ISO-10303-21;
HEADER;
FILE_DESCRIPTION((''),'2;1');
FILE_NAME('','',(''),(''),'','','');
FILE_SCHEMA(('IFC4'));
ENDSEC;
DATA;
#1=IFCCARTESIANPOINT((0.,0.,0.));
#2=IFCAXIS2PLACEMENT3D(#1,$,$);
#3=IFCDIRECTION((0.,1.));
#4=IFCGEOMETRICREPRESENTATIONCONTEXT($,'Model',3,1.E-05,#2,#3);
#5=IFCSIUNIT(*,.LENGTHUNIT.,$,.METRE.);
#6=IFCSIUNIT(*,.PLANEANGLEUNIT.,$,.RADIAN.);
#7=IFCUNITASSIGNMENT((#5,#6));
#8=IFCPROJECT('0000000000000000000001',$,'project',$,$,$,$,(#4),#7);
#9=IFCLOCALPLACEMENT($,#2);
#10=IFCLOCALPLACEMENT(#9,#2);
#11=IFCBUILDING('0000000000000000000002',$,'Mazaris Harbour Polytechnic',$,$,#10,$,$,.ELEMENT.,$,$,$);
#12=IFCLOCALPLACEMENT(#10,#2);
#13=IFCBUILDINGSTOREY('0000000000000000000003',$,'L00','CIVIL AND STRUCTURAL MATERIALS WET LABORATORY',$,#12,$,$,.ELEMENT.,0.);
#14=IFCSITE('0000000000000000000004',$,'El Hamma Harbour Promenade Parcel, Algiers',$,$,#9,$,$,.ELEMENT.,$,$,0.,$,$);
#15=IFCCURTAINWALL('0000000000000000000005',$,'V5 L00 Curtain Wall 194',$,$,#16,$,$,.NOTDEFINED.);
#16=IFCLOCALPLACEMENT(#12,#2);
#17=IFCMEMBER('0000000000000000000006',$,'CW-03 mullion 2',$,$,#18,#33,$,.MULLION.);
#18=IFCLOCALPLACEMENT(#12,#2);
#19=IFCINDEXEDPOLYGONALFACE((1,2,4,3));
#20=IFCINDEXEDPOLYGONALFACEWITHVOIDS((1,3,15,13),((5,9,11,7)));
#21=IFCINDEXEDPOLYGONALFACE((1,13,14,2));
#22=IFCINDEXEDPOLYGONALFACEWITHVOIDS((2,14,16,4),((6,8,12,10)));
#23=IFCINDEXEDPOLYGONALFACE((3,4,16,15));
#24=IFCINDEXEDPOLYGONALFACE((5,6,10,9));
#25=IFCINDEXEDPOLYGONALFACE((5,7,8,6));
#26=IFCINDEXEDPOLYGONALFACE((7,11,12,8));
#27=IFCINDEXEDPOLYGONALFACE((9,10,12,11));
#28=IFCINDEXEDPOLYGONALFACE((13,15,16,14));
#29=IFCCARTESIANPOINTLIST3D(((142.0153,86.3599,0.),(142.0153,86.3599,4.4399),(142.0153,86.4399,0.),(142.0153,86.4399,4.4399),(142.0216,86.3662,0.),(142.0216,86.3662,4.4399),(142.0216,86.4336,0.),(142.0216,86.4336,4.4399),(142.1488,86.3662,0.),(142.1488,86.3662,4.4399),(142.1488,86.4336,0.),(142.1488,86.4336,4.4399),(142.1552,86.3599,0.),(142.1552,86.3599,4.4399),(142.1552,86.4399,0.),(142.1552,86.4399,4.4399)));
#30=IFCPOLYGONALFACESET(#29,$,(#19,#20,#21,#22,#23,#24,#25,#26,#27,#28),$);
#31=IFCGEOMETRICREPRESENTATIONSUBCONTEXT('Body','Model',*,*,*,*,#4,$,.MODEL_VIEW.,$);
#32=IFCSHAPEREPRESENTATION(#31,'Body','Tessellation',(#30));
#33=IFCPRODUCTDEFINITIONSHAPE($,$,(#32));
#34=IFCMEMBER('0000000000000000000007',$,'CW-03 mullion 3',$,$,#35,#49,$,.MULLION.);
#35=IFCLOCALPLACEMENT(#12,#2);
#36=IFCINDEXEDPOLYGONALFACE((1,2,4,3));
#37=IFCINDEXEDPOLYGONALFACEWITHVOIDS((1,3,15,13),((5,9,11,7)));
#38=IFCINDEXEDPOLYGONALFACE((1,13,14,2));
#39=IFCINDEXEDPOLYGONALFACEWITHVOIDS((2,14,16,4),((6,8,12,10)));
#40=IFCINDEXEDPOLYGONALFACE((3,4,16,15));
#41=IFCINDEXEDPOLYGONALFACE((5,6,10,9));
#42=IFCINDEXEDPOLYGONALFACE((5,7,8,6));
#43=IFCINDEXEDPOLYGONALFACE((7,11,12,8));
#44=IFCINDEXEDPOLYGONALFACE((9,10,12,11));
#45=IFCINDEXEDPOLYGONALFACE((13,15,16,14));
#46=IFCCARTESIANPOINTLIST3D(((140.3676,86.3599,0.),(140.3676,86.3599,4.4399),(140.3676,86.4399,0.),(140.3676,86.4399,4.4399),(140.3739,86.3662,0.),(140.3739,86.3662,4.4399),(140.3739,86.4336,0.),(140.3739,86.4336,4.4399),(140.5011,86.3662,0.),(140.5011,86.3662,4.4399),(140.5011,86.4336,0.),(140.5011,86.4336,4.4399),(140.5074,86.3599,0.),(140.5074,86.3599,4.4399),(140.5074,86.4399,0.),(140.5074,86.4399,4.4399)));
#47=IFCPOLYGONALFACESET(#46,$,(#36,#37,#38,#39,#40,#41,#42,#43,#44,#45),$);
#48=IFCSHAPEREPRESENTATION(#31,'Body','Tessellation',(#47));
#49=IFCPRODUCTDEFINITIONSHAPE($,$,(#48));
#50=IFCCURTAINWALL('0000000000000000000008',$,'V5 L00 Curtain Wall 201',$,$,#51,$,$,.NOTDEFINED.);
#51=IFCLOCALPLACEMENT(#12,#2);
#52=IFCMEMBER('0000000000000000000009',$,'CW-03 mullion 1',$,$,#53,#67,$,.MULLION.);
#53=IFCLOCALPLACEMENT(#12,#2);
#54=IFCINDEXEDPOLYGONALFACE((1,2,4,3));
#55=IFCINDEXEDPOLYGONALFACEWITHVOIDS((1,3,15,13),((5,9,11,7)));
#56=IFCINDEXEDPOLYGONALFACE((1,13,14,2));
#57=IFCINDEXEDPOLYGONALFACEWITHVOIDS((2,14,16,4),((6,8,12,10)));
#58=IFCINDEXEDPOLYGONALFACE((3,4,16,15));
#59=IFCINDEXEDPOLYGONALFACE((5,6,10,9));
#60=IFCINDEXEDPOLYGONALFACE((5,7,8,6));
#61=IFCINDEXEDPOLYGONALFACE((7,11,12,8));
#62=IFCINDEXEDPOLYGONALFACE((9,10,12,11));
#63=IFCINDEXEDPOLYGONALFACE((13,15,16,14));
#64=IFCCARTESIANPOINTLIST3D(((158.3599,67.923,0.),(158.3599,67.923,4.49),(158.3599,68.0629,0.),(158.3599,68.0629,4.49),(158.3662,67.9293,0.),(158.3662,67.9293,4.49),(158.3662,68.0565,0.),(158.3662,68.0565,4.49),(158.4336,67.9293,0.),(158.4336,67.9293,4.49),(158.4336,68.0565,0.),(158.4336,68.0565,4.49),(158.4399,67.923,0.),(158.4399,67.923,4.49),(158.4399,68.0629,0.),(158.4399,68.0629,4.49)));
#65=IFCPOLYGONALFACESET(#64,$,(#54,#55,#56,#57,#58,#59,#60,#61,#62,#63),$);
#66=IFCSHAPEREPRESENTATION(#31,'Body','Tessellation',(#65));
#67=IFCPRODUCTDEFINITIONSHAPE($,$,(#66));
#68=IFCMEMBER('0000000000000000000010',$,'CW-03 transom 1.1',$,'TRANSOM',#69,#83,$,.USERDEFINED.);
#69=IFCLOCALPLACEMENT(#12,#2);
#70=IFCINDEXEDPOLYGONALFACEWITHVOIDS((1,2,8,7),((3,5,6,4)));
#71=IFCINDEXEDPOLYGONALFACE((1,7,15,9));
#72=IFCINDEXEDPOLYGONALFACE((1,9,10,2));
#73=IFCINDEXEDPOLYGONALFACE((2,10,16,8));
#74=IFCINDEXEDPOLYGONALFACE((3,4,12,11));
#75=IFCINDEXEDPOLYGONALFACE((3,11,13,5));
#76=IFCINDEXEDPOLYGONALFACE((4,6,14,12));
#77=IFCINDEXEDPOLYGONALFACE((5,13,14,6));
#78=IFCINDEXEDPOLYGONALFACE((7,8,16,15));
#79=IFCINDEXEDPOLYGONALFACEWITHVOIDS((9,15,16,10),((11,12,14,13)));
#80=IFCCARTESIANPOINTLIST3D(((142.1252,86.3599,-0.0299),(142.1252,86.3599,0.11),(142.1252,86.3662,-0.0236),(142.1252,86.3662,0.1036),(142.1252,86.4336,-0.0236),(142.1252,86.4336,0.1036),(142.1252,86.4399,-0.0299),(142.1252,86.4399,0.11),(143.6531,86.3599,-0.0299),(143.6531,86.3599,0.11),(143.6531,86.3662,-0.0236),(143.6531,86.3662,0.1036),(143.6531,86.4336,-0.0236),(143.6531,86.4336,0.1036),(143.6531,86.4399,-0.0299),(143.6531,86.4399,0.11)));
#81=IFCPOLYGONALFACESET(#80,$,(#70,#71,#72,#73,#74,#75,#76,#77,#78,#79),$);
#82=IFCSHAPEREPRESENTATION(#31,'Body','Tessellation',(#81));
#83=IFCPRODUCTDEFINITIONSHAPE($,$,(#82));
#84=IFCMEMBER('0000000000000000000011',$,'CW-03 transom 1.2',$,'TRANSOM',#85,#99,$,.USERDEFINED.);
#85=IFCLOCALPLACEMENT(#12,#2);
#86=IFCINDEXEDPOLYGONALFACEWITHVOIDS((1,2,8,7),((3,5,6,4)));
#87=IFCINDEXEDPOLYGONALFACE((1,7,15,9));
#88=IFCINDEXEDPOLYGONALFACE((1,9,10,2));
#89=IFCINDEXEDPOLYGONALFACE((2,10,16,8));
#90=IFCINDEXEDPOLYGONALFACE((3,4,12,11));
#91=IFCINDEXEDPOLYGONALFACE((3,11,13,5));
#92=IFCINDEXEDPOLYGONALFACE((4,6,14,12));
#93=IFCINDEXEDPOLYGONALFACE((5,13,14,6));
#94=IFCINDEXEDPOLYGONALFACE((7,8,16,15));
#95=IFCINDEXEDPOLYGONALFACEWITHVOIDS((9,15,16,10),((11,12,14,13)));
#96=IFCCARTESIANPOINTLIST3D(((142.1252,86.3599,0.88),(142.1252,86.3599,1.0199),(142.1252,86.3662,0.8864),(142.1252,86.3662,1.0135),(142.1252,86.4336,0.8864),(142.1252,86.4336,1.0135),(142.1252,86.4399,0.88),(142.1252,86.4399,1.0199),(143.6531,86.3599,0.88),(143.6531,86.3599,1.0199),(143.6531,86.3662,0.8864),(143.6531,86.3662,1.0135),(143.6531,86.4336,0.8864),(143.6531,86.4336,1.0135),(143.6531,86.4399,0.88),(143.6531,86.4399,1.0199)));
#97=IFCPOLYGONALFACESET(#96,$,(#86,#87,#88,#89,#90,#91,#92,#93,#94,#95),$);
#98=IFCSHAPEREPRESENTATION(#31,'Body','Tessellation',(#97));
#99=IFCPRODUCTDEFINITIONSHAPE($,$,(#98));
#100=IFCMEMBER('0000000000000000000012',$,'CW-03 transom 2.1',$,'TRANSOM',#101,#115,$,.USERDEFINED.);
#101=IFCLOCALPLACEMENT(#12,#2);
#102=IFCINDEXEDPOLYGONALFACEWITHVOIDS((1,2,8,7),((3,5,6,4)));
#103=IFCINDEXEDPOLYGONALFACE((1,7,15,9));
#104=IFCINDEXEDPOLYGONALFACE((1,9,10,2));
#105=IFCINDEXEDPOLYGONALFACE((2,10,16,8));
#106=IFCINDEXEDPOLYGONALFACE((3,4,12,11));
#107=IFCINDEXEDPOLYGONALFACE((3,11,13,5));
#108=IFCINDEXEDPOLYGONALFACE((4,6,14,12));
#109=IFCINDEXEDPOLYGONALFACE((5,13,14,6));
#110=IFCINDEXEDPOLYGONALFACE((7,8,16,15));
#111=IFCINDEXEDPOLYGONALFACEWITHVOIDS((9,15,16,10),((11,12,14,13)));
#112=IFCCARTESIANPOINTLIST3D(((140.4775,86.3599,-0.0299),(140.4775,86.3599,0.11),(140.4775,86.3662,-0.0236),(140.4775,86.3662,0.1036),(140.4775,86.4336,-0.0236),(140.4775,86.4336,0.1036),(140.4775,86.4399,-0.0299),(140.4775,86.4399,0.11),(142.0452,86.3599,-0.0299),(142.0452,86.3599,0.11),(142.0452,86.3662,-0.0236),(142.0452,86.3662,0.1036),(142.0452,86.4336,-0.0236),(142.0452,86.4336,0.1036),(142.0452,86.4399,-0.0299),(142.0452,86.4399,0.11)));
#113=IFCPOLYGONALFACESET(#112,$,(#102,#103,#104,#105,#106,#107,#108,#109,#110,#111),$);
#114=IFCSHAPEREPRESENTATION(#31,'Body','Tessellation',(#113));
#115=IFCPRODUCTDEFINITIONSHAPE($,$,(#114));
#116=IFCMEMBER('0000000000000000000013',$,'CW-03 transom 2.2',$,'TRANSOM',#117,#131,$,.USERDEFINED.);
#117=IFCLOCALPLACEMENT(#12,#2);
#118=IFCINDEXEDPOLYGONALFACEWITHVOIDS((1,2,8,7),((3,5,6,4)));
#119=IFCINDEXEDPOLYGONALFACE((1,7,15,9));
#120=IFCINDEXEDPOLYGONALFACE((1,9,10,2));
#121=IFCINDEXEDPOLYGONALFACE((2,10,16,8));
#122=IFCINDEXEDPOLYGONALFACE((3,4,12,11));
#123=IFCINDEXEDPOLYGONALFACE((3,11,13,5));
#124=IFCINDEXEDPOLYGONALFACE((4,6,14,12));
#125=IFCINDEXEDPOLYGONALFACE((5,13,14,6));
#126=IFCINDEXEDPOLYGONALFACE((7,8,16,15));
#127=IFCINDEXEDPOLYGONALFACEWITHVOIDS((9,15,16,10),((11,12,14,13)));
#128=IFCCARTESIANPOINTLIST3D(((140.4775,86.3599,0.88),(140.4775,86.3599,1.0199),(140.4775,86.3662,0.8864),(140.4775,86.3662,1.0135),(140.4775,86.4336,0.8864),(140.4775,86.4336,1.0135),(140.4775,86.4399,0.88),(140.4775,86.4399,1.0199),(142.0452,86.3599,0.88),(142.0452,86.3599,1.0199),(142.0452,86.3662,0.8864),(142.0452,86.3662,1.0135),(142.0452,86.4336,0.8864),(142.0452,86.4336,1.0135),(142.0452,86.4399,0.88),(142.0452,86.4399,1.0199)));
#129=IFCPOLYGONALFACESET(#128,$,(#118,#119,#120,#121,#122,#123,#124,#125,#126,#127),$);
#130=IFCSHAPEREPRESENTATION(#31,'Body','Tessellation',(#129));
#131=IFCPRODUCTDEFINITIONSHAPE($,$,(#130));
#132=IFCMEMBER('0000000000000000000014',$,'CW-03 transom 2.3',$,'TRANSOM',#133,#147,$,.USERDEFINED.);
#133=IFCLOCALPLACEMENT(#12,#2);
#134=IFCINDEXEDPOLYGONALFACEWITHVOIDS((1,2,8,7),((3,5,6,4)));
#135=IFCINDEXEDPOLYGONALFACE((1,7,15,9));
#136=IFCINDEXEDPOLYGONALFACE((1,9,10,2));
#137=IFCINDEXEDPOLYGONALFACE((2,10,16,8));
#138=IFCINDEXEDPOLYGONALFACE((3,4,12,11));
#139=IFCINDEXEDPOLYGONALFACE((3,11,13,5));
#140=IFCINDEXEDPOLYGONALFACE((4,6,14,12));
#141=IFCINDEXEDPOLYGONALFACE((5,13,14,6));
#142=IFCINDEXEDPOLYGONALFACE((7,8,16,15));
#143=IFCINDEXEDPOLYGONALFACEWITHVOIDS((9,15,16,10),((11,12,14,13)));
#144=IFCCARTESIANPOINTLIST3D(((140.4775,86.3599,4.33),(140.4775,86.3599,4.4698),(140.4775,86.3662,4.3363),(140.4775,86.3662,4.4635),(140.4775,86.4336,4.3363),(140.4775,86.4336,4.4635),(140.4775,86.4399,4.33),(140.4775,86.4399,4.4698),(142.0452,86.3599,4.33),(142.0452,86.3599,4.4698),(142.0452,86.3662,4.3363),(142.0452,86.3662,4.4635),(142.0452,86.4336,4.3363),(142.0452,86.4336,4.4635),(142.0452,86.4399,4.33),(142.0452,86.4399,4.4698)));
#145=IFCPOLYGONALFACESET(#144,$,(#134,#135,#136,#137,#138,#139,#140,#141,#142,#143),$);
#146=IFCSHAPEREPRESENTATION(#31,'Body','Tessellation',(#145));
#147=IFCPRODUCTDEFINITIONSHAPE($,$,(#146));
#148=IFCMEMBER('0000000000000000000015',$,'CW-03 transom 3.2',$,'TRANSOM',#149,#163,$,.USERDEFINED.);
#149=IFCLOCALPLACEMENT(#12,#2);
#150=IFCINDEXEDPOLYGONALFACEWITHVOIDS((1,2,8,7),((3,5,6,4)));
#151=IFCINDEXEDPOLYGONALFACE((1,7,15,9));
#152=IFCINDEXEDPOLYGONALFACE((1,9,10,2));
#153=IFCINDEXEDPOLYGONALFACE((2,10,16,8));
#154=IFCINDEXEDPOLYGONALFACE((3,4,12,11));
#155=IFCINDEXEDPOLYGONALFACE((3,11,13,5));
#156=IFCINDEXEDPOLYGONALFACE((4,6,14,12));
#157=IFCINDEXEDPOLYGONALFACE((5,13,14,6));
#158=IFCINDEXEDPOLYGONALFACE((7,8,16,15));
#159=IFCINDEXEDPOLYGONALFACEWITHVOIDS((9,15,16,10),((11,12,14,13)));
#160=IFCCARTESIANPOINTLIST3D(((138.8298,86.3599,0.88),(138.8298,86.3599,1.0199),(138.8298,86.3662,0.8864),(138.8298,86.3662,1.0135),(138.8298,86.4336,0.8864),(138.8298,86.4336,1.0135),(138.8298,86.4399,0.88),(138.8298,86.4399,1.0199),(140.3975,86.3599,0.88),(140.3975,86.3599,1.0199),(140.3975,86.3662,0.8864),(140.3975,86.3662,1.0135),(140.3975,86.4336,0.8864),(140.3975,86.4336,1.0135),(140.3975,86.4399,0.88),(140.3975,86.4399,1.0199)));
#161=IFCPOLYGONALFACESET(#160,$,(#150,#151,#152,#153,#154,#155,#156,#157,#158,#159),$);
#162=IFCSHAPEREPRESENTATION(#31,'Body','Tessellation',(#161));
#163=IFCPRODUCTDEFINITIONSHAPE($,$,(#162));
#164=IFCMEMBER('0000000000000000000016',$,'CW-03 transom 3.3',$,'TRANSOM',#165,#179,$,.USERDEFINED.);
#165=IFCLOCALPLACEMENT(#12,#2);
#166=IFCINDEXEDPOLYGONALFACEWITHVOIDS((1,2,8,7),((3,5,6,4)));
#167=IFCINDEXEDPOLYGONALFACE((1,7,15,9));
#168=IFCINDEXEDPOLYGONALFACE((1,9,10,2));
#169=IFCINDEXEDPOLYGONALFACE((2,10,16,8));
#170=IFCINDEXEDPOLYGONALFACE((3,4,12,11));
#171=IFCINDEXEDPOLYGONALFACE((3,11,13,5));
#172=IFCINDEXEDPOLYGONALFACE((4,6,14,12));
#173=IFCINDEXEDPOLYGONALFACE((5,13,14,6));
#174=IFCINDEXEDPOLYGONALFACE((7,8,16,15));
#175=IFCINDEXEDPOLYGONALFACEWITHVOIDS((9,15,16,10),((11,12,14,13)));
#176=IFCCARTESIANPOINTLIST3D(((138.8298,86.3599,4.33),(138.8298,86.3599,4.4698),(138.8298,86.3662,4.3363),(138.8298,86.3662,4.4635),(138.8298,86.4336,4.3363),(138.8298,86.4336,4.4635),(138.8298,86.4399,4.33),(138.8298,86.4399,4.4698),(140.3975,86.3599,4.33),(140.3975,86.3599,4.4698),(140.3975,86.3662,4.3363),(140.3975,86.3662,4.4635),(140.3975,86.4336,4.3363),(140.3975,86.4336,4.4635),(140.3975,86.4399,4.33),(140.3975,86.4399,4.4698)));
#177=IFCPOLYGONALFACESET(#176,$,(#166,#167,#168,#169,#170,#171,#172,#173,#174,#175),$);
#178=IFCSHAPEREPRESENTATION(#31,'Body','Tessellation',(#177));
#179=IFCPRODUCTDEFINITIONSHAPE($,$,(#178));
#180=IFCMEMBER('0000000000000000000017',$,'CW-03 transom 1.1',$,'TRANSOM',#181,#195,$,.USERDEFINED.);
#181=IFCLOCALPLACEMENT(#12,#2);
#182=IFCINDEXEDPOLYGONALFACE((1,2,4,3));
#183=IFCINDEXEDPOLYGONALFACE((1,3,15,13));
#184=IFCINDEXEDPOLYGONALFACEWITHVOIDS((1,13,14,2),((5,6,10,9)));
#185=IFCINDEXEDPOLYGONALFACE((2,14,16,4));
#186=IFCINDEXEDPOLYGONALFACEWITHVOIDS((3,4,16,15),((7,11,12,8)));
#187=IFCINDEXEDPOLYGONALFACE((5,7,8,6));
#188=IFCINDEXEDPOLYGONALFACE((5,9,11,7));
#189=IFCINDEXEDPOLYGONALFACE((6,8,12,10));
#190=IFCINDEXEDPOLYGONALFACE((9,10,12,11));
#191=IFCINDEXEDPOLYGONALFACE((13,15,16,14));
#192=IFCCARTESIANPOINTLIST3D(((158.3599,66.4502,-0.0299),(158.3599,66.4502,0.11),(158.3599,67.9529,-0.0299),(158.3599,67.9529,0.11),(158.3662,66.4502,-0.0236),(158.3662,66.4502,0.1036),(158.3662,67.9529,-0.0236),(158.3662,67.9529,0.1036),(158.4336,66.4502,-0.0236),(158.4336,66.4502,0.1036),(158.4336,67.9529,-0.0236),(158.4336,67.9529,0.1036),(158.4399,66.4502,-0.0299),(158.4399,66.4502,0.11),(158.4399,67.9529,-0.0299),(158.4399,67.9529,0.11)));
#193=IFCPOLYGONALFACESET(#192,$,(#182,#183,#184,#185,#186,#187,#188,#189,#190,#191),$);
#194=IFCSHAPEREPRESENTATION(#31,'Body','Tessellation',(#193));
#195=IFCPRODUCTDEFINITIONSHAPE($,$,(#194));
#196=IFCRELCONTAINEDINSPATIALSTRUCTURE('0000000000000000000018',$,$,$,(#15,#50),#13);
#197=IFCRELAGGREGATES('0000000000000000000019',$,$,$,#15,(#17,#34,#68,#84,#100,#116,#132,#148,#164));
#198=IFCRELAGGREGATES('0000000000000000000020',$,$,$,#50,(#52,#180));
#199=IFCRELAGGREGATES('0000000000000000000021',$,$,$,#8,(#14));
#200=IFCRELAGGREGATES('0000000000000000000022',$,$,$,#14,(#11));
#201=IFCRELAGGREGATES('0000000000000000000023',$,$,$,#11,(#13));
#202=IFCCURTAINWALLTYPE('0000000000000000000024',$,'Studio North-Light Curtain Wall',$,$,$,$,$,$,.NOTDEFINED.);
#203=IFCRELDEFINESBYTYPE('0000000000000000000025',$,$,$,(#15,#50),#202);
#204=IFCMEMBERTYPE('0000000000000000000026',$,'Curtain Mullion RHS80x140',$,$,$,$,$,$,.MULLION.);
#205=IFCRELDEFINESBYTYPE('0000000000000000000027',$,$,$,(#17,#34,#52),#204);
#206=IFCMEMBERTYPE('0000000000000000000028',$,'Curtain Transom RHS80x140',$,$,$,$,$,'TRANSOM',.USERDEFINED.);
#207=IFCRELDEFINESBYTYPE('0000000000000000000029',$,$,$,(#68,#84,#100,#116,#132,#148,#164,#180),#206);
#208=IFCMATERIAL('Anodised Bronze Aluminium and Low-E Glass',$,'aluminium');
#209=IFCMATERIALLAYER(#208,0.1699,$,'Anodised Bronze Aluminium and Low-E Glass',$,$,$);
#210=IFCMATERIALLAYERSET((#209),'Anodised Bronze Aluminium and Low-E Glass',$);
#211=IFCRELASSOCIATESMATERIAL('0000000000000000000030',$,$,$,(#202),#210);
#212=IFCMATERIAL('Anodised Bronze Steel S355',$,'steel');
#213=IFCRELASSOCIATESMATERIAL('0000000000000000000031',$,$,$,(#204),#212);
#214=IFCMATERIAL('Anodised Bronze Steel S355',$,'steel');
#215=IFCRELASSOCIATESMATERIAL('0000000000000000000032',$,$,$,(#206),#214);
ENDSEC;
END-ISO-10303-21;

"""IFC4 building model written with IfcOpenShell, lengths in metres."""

from ifc_helpers import new_model, si_unit, direction, frame, origin, origin_2d, place, context, subcontext, project, spatial, hollow_rectangle, extrude, material, layer, layer_set, material_profile, profile_set, type_object, element, aggregate, save


model = new_model("IFC4")

# Units and contexts
model_context = context("Model", 3, precision=1e-05, world=origin(), true_north=direction((0.0, 1.0)))
body_context = subcontext(model_context, "Body", "Model", "MODEL_VIEW")
ifc_project = project(units=[si_unit("LENGTHUNIT", "METRE"), si_unit("PLANEANGLEUNIT", "RADIAN")], contexts=[model_context])

# Site, building, storey
site_placement = place(None, origin())
site = spatial("IfcSite", under=ifc_project, at=site_placement, Name="El Hamma Harbour Promenade Parcel, Algiers", CompositionType="ELEMENT", RefElevation=0.0)
building_placement = place(site_placement, origin())
building = spatial("IfcBuilding", under=site, at=building_placement, Name="Mazaris Harbour Polytechnic", CompositionType="ELEMENT")
storey_placement = place(building_placement, origin())
storey = spatial("IfcBuildingStorey", under=building, at=storey_placement, Name="L00", Description="CIVIL AND STRUCTURAL MATERIALS WET LABORATORY", CompositionType="ELEMENT", Elevation=0.0)

# Curtain wall, members
ifc_material_1 = material(Name="Anodised Bronze Aluminium and Low-E Glass", Category="aluminium")
ifc_layer_1 = layer(ifc_material_1, 0.1699, Name="Anodised Bronze Aluminium and Low-E Glass")
ifc_layer_set_1 = layer_set([ifc_layer_1], Name="Anodised Bronze Aluminium and Low-E Glass")
curtain_wall_type = type_object("IfcCurtainWallType", Name="Studio North-Light Curtain Wall", PredefinedType="NOTDEFINED", material=ifc_layer_set_1)
curtain_wall_1_placement = place(storey_placement, origin())
curtain_wall_1 = element("IfcCurtainWall", 1, at=curtain_wall_1_placement, inside=storey, type_object=curtain_wall_type, Name="V5 L00 Curtain Wall 194", PredefinedType="NOTDEFINED")
ifc_material_2 = material(Name="Anodised Bronze Steel S355", Category="steel")
ifc_material_profile_1 = material_profile(ifc_material_2, hollow_rectangle(XDim=0.0801, YDim=0.1399, WallThickness=0.0063, at=origin_2d()), Name="RHS 80x140x6.3")
ifc_profile_set_1 = profile_set([ifc_material_profile_1], Name="Anodised Bronze Steel S355")
member_type_1 = type_object("IfcMemberType", Name="Curtain Mullion RHS80x140", PredefinedType="MULLION", material=ifc_profile_set_1)
member_1_placement = place(storey_placement, frame((142.0852, 86.3999, 0.0), z_axis=(0.0, 0.0, 1.0), x_axis=(0.0, -1.0, 0.0)))
member_1 = element("IfcMember", 2, at=member_1_placement, type_object=member_type_1, Name="CW-03 mullion 2", PredefinedType="MULLION", context=body_context, shape_type="SweptSolid", body=[
    extrude(hollow_rectangle(XDim=0.0801, YDim=0.1399, WallThickness=0.0063, at=origin_2d()), origin(), (0.0, 0.0, 1.0), 4.4399),
])
member_2_placement = place(storey_placement, frame((140.4375, 86.3999, 0.0), z_axis=(0.0, 0.0, 1.0), x_axis=(0.0, -1.0, 0.0)))
member_2 = element("IfcMember", 3, at=member_2_placement, type_object=member_type_1, Name="CW-03 mullion 3", PredefinedType="MULLION", context=body_context, shape_type="SweptSolid", body=[
    extrude(hollow_rectangle(XDim=0.0801, YDim=0.1399, WallThickness=0.0063, at=origin_2d()), origin(), (0.0, 0.0, 1.0), 4.4399),
])

# Curtain wall, member
curtain_wall_2_placement = place(storey_placement, origin())
curtain_wall_2 = element("IfcCurtainWall", 4, at=curtain_wall_2_placement, inside=storey, type_object=curtain_wall_type, Name="V5 L00 Curtain Wall 201", PredefinedType="NOTDEFINED")
member_3_placement = place(storey_placement, frame((158.3999, 67.9929, 0.0), z_axis=(0.0, 0.0, 1.0), x_axis=(1.0, 0.0, 0.0)))
member_3 = element("IfcMember", 5, at=member_3_placement, type_object=member_type_1, Name="CW-03 mullion 1", PredefinedType="MULLION", context=body_context, shape_type="SweptSolid", body=[
    extrude(hollow_rectangle(XDim=0.0801, YDim=0.1399, WallThickness=0.0063, at=origin_2d()), origin(), (0.0, 0.0, 1.0), 4.49),
])

# Members
ifc_material_3 = material(Name="Anodised Bronze Steel S355", Category="steel")
ifc_material_profile_2 = material_profile(ifc_material_3, hollow_rectangle(XDim=0.0801, YDim=0.1399, WallThickness=0.0063, at=origin_2d()), Name="RHS 80x140x6.3")
ifc_profile_set_2 = profile_set([ifc_material_profile_2], Name="Anodised Bronze Steel S355")
member_type_2 = type_object("IfcMemberType", Name="Curtain Transom RHS80x140", ElementType="TRANSOM", PredefinedType="USERDEFINED", material=ifc_profile_set_2)
member_4_placement = place(storey_placement, frame((143.6531, 86.3999, 0.04), z_axis=(-1.0, 0.0, 0.0), x_axis=(0.0, -1.0, 0.0)))
member_4 = element("IfcMember", 6, at=member_4_placement, type_object=member_type_2, Name="CW-03 transom 1.1", ObjectType="TRANSOM", PredefinedType="USERDEFINED", context=body_context, shape_type="SweptSolid", body=[
    extrude(hollow_rectangle(XDim=0.0801, YDim=0.1399, WallThickness=0.0063, at=origin_2d()), origin(), (0.0, 0.0, 1.0), 1.5278),
])
member_5_placement = place(storey_placement, frame((143.6531, 86.3999, 0.95), z_axis=(-1.0, 0.0, 0.0), x_axis=(0.0, -1.0, 0.0)))
member_5 = element("IfcMember", 7, at=member_5_placement, type_object=member_type_2, Name="CW-03 transom 1.2", ObjectType="TRANSOM", PredefinedType="USERDEFINED", context=body_context, shape_type="SweptSolid", body=[
    extrude(hollow_rectangle(XDim=0.0801, YDim=0.1399, WallThickness=0.0063, at=origin_2d()), origin(), (0.0, 0.0, 1.0), 1.5278),
])
member_6_placement = place(storey_placement, frame((142.0452, 86.3999, 0.04), z_axis=(-1.0, 0.0, 0.0), x_axis=(0.0, -1.0, 0.0)))
member_6 = element("IfcMember", 8, at=member_6_placement, type_object=member_type_2, Name="CW-03 transom 2.1", ObjectType="TRANSOM", PredefinedType="USERDEFINED", context=body_context, shape_type="SweptSolid", body=[
    extrude(hollow_rectangle(XDim=0.0801, YDim=0.1399, WallThickness=0.0063, at=origin_2d()), origin(), (0.0, 0.0, 1.0), 1.5676),
])
member_7_placement = place(storey_placement, frame((142.0452, 86.3999, 0.95), z_axis=(-1.0, 0.0, 0.0), x_axis=(0.0, -1.0, 0.0)))
member_7 = element("IfcMember", 9, at=member_7_placement, type_object=member_type_2, Name="CW-03 transom 2.2", ObjectType="TRANSOM", PredefinedType="USERDEFINED", context=body_context, shape_type="SweptSolid", body=[
    extrude(hollow_rectangle(XDim=0.0801, YDim=0.1399, WallThickness=0.0063, at=origin_2d()), origin(), (0.0, 0.0, 1.0), 1.5676),
])
member_8_placement = place(storey_placement, frame((142.0452, 86.3999, 4.3999), z_axis=(-1.0, 0.0, 0.0), x_axis=(0.0, -1.0, 0.0)))
member_8 = element("IfcMember", 10, at=member_8_placement, type_object=member_type_2, Name="CW-03 transom 2.3", ObjectType="TRANSOM", PredefinedType="USERDEFINED", context=body_context, shape_type="SweptSolid", body=[
    extrude(hollow_rectangle(XDim=0.0801, YDim=0.1399, WallThickness=0.0063, at=origin_2d()), origin(), (0.0, 0.0, 1.0), 1.5676),
])
member_9_placement = place(storey_placement, frame((140.3975, 86.3999, 0.95), z_axis=(-1.0, 0.0, 0.0), x_axis=(0.0, -1.0, 0.0)))
member_9 = element("IfcMember", 11, at=member_9_placement, type_object=member_type_2, Name="CW-03 transom 3.2", ObjectType="TRANSOM", PredefinedType="USERDEFINED", context=body_context, shape_type="SweptSolid", body=[
    extrude(hollow_rectangle(XDim=0.0801, YDim=0.1399, WallThickness=0.0063, at=origin_2d()), origin(), (0.0, 0.0, 1.0), 1.5676),
])
member_10_placement = place(storey_placement, frame((140.3975, 86.3999, 4.3999), z_axis=(-1.0, 0.0, 0.0), x_axis=(0.0, -1.0, 0.0)))
member_10 = element("IfcMember", 12, at=member_10_placement, type_object=member_type_2, Name="CW-03 transom 3.3", ObjectType="TRANSOM", PredefinedType="USERDEFINED", context=body_context, shape_type="SweptSolid", body=[
    extrude(hollow_rectangle(XDim=0.0801, YDim=0.1399, WallThickness=0.0063, at=origin_2d()), origin(), (0.0, 0.0, 1.0), 1.5676),
])
member_11_placement = place(storey_placement, frame((158.3999, 67.9529, 0.04), z_axis=(0.0, -1.0, 0.0), x_axis=(1.0, 0.0, 0.0)))
member_11 = element("IfcMember", 13, at=member_11_placement, type_object=member_type_2, Name="CW-03 transom 1.1", ObjectType="TRANSOM", PredefinedType="USERDEFINED", context=body_context, shape_type="SweptSolid", body=[
    extrude(hollow_rectangle(XDim=0.0801, YDim=0.1399, WallThickness=0.0063, at=origin_2d()), origin(), (0.0, 0.0, 1.0), 1.5027),
])

aggregate(curtain_wall_1, [member_1, member_2, member_4, member_5, member_6, member_7, member_8, member_9, member_10])
aggregate(curtain_wall_2, [member_3, member_11])

save(model, "model.ifc")
